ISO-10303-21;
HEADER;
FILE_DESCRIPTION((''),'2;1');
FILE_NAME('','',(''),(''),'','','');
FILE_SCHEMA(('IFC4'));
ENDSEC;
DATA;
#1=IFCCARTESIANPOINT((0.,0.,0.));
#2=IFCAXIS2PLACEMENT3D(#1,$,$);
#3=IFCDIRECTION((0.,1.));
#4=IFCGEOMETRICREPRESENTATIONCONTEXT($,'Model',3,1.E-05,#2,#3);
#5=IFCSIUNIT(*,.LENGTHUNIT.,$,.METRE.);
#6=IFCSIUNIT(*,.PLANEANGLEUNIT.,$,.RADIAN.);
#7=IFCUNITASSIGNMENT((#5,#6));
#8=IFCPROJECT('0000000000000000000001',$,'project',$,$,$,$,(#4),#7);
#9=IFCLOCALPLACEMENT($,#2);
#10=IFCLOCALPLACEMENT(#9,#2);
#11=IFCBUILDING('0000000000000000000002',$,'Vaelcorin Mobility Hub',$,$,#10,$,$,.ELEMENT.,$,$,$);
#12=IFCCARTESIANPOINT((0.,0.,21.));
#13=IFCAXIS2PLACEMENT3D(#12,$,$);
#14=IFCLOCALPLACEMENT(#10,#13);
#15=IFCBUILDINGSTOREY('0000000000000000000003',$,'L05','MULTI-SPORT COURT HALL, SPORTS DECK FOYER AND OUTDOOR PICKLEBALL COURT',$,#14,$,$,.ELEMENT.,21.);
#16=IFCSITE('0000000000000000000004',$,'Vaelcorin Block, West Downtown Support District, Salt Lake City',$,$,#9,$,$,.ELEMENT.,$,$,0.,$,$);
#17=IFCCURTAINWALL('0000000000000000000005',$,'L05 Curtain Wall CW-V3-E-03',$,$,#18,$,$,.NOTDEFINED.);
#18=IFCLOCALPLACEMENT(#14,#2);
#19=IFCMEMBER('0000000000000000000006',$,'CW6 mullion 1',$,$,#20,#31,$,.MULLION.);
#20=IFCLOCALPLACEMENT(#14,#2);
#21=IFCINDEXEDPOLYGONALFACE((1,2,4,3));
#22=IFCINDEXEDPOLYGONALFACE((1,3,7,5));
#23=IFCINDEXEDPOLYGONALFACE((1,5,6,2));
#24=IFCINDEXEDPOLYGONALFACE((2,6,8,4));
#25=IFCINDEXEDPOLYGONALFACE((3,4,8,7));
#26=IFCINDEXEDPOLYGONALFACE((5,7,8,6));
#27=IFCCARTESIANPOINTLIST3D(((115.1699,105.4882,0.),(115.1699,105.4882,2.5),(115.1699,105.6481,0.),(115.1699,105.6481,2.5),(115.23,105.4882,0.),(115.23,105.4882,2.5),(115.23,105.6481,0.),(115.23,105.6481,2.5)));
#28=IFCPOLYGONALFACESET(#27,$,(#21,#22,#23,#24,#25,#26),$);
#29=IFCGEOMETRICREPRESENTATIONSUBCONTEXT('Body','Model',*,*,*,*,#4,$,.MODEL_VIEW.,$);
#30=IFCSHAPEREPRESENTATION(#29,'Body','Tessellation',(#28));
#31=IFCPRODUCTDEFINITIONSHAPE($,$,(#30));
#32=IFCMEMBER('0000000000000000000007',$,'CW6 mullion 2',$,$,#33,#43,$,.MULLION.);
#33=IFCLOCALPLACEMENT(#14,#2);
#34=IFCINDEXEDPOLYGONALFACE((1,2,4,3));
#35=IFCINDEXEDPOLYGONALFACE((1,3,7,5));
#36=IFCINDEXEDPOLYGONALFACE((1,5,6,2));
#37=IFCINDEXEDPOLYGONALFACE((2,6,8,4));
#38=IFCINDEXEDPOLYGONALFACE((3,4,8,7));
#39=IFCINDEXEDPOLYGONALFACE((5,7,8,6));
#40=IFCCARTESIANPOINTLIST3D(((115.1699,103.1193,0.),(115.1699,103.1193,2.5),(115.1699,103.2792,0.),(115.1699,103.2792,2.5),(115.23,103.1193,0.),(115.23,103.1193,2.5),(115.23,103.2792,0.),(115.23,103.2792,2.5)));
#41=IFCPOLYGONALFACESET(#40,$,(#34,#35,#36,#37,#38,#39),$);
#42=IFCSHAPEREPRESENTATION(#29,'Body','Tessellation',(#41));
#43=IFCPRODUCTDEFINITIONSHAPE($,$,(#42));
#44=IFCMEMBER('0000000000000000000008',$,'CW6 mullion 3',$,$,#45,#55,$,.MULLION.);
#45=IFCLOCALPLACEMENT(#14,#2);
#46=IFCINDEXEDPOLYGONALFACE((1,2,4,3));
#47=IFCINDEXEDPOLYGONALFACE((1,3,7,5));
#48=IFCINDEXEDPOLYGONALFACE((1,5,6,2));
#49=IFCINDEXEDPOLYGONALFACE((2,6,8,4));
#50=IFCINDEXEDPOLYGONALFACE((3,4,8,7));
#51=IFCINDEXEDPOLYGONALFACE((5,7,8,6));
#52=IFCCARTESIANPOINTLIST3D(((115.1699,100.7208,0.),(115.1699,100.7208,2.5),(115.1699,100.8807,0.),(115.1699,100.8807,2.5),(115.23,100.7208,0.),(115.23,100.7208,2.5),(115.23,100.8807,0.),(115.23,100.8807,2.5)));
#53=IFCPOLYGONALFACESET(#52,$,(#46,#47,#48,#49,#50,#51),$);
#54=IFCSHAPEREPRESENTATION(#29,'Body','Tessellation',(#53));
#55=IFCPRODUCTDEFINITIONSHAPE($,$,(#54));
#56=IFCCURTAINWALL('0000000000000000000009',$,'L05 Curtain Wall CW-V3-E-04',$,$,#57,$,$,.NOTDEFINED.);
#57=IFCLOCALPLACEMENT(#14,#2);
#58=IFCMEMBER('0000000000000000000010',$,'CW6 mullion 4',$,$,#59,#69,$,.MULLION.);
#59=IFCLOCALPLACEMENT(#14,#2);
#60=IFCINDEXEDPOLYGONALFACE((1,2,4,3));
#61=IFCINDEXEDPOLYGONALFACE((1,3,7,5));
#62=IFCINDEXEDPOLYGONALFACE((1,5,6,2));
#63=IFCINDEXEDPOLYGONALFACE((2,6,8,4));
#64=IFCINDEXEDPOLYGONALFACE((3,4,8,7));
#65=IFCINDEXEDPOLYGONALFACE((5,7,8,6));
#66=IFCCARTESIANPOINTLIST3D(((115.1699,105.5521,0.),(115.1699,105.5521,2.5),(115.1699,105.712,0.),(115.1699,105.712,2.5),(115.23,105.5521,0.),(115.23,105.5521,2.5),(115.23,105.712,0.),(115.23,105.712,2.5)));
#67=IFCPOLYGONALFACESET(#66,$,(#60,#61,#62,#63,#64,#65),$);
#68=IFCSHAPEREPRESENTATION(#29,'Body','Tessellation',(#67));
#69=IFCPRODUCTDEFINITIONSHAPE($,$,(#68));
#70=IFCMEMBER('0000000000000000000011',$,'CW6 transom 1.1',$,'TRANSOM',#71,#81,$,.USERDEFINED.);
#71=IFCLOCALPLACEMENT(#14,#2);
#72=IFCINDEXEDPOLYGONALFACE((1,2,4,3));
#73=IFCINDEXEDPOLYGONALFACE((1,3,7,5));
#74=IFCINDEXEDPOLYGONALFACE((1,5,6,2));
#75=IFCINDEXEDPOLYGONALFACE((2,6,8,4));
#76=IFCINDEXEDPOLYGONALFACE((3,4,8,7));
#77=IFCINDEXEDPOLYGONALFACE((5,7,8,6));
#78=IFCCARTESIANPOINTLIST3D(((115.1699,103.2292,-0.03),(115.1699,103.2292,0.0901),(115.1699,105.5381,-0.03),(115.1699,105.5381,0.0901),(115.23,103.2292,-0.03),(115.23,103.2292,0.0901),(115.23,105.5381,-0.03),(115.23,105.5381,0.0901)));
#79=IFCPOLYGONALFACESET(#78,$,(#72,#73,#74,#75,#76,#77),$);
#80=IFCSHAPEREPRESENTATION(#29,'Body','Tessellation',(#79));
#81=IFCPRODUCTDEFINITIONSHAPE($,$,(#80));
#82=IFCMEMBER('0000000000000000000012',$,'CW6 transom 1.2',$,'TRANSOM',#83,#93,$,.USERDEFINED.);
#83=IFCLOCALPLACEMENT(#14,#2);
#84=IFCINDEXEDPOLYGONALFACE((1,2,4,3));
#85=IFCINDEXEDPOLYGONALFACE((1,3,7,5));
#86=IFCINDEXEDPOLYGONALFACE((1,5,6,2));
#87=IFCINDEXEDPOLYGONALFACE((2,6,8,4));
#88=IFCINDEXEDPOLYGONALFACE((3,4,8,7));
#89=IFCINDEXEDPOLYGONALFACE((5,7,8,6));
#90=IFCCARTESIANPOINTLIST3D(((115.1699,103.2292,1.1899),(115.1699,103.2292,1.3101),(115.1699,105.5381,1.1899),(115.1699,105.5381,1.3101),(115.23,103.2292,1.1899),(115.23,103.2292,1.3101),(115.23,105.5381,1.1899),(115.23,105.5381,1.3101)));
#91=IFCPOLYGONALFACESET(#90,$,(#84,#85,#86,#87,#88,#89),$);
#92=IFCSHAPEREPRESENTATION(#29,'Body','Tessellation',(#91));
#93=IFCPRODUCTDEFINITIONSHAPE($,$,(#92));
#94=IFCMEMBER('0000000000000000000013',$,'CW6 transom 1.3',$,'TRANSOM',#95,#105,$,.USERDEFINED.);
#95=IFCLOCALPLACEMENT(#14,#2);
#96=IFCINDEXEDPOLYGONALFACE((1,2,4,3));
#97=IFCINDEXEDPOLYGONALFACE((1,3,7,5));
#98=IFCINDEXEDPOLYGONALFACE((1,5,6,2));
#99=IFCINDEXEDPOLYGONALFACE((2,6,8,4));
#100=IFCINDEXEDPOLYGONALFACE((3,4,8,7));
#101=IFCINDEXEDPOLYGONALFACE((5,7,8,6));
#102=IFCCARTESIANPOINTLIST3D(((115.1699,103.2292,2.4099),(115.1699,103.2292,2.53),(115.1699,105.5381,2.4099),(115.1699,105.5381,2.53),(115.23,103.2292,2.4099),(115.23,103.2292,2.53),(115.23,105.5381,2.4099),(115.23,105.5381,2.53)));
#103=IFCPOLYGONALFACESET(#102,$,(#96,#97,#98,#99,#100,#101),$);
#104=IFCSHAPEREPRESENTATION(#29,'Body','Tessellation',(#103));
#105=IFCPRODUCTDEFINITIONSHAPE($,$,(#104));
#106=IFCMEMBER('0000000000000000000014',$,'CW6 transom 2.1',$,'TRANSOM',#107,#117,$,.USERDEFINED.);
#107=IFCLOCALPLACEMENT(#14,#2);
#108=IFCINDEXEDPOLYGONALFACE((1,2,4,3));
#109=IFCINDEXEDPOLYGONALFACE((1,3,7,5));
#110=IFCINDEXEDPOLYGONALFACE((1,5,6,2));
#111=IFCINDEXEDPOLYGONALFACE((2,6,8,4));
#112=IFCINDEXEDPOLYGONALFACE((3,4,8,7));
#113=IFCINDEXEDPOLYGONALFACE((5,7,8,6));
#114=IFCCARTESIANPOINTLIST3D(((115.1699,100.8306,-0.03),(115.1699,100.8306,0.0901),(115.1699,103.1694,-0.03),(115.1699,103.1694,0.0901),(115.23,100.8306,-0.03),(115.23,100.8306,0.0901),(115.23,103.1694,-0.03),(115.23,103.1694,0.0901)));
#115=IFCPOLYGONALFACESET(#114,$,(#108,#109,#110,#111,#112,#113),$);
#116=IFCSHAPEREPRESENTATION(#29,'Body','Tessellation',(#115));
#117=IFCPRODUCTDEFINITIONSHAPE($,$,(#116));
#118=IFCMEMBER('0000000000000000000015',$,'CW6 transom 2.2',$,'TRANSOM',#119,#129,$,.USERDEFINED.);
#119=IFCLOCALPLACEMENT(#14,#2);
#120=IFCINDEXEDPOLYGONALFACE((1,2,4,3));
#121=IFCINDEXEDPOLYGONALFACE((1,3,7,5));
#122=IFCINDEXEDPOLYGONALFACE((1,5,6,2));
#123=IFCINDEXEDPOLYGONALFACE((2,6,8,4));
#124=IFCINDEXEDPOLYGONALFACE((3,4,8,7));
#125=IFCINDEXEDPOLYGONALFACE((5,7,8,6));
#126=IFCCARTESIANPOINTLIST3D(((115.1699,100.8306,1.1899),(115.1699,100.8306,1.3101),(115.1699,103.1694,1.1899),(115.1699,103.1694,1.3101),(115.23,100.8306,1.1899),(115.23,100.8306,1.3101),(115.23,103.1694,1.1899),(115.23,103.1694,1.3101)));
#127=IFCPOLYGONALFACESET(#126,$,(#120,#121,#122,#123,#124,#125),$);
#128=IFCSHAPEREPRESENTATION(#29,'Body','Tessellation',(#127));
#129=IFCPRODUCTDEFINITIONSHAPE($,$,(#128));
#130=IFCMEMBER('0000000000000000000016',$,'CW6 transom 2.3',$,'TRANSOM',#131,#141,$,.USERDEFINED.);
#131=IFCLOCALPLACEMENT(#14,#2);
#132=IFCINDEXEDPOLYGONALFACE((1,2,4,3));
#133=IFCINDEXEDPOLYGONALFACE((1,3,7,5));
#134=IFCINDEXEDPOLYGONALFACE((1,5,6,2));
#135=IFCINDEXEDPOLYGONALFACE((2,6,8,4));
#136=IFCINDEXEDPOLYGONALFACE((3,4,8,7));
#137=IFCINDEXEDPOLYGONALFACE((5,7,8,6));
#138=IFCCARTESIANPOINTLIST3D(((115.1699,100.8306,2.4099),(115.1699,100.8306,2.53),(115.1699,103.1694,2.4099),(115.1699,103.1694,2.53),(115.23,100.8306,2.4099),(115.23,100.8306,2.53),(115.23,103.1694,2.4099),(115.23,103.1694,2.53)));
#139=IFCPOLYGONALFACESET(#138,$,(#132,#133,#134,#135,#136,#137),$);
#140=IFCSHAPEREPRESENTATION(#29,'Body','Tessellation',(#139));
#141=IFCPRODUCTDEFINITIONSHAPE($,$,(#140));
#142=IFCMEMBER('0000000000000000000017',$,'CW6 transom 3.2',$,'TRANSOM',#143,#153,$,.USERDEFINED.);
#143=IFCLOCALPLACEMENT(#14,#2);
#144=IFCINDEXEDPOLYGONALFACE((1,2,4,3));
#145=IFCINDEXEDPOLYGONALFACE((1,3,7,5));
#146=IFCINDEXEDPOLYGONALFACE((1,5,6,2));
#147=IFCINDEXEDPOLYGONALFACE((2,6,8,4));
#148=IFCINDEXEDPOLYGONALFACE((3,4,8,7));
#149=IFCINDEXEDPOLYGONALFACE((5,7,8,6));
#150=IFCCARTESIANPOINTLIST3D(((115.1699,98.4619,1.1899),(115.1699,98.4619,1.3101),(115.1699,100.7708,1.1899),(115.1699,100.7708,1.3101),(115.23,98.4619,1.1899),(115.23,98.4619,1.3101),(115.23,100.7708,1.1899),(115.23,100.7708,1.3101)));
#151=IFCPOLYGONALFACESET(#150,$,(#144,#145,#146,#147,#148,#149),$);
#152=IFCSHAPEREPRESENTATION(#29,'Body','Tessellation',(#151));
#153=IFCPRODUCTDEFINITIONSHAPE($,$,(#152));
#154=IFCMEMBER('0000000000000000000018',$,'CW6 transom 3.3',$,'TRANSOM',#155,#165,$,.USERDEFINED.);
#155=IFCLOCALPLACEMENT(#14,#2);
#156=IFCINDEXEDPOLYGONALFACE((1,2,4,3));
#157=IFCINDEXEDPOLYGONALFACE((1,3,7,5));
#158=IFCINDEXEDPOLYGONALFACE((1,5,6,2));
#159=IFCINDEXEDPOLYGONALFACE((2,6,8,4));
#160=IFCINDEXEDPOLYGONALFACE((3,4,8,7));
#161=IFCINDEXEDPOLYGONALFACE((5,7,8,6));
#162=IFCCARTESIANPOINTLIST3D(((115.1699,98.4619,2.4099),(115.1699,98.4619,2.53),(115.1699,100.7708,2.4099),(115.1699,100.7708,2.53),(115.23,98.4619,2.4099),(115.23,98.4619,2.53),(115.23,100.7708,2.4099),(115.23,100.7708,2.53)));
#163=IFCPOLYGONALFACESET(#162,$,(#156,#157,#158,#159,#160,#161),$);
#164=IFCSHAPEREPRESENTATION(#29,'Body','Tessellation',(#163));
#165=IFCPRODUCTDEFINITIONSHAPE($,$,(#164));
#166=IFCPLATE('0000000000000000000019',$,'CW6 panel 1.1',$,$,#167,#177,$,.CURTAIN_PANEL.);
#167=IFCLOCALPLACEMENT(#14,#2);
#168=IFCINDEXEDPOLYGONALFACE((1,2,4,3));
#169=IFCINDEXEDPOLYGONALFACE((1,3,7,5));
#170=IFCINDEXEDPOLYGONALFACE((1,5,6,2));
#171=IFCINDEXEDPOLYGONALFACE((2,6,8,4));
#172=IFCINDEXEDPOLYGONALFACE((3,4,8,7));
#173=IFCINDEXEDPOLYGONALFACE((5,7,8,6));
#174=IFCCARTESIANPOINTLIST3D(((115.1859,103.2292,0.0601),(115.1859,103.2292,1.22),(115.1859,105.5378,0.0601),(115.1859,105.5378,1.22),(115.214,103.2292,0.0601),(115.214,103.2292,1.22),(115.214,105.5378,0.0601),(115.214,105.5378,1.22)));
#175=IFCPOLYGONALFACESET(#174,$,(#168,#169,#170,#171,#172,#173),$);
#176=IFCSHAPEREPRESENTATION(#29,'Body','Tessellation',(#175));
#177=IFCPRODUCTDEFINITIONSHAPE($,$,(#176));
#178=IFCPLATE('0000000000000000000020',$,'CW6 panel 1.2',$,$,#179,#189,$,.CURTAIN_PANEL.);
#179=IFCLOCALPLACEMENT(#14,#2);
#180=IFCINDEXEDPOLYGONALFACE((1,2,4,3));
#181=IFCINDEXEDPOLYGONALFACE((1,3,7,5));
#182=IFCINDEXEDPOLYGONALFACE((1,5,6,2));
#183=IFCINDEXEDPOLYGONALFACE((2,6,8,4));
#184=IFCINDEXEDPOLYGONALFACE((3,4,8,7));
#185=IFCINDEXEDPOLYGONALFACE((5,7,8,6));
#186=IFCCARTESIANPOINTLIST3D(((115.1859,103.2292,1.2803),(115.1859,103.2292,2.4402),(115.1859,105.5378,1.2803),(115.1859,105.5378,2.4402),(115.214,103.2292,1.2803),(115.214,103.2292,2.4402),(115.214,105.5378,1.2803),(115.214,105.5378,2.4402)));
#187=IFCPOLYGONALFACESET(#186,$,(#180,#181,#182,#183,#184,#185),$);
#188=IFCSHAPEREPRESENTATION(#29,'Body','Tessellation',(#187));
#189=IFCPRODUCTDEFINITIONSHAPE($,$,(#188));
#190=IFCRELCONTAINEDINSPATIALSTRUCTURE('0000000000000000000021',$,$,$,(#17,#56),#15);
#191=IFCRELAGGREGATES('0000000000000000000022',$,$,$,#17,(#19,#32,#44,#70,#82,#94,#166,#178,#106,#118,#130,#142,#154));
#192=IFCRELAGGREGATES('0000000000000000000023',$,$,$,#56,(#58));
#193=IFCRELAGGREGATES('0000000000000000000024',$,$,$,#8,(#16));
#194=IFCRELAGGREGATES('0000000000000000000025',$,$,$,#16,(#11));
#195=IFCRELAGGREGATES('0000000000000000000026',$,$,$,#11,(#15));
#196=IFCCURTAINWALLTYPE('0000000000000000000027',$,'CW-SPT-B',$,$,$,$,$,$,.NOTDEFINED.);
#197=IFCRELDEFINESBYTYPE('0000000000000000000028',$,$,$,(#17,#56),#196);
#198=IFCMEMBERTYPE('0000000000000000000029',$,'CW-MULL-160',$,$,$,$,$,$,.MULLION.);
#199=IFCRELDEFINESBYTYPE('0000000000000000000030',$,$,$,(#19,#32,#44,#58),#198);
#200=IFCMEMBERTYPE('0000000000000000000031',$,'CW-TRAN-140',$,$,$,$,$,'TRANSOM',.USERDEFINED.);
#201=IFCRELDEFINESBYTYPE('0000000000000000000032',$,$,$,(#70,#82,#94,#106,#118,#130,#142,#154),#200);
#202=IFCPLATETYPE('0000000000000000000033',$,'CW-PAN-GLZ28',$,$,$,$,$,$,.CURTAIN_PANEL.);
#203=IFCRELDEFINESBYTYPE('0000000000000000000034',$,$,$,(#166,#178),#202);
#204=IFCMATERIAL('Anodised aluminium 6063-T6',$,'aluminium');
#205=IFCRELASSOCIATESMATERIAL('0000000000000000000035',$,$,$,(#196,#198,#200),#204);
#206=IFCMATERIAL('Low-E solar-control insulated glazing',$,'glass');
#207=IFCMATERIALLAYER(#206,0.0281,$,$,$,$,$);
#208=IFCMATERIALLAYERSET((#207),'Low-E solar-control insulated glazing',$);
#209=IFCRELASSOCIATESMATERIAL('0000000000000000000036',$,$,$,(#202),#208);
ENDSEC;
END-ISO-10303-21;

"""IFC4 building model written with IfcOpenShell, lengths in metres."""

from ifc_helpers import new_model, si_unit, direction, frame, origin, origin_2d, place, context, subcontext, project, spatial, rectangle, extrude, material, layer, layer_set, material_profile, profile_set, type_object, element, aggregate, save


model = new_model("IFC4")

# Units and contexts
model_context = context("Model", 3, precision=1e-05, world=origin(), true_north=direction((0.0, 1.0)))
body_context = subcontext(model_context, "Body", "Model", "MODEL_VIEW")
ifc_project = project(units=[si_unit("LENGTHUNIT", "METRE"), si_unit("PLANEANGLEUNIT", "RADIAN")], contexts=[model_context])

# Site, building, storey
site_placement = place(None, origin())
site = spatial("IfcSite", under=ifc_project, at=site_placement, Name="Vaelcorin Block, West Downtown Support District, Salt Lake City", CompositionType="ELEMENT", RefElevation=0.0)
building_placement = place(site_placement, origin())
building = spatial("IfcBuilding", under=site, at=building_placement, Name="Vaelcorin Mobility Hub", CompositionType="ELEMENT")
storey_placement = place(building_placement, frame((0.0, 0.0, 21.0)))
storey = spatial("IfcBuildingStorey", under=building, at=storey_placement, Name="L05", Description="MULTI-SPORT COURT HALL, SPORTS DECK FOYER AND OUTDOOR PICKLEBALL COURT", CompositionType="ELEMENT", Elevation=21.0)

# Curtain wall, members
ifc_material_1 = material(Name="Anodised aluminium 6063-T6", Category="aluminium")
curtain_wall_type = type_object("IfcCurtainWallType", Name="CW-SPT-B", PredefinedType="NOTDEFINED", material=ifc_material_1)
curtain_wall_1_placement = place(storey_placement, origin())
curtain_wall_1 = element("IfcCurtainWall", 1, at=curtain_wall_1_placement, inside=storey, type_object=curtain_wall_type, Name="L05 Curtain Wall CW-V3-E-03", PredefinedType="NOTDEFINED")
ifc_material_profile_1 = material_profile(ifc_material_1, rectangle(XDim=0.0601, YDim=0.1599, at=origin_2d()), Name="ALU-M60X160")
ifc_profile_set_1 = profile_set([ifc_material_profile_1], Name="Anodised aluminium 6063-T6")
member_type_1 = type_object("IfcMemberType", Name="CW-MULL-160", PredefinedType="MULLION", material=ifc_profile_set_1)
member_1_placement = place(storey_placement, frame((115.2, 105.5681, 0.0), z_axis=(0.0, 0.0, 1.0), x_axis=(1.0, 0.0, 0.0)))
member_1 = element("IfcMember", 2, at=member_1_placement, type_object=member_type_1, Name="CW6 mullion 1", PredefinedType="MULLION", context=body_context, shape_type="SweptSolid", body=[
    extrude(rectangle(XDim=0.0601, YDim=0.1599, at=origin_2d()), origin(), (0.0, 0.0, 1.0), 2.5),
])
member_2_placement = place(storey_placement, frame((115.2, 103.1992, 0.0), z_axis=(0.0, 0.0, 1.0), x_axis=(1.0, 0.0, 0.0)))
member_2 = element("IfcMember", 3, at=member_2_placement, type_object=member_type_1, Name="CW6 mullion 2", PredefinedType="MULLION", context=body_context, shape_type="SweptSolid", body=[
    extrude(rectangle(XDim=0.0601, YDim=0.1599, at=origin_2d()), origin(), (0.0, 0.0, 1.0), 2.5),
])
member_3_placement = place(storey_placement, frame((115.2, 100.8008, 0.0), z_axis=(0.0, 0.0, 1.0), x_axis=(1.0, 0.0, 0.0)))
member_3 = element("IfcMember", 4, at=member_3_placement, type_object=member_type_1, Name="CW6 mullion 3", PredefinedType="MULLION", context=body_context, shape_type="SweptSolid", body=[
    extrude(rectangle(XDim=0.0601, YDim=0.1599, at=origin_2d()), origin(), (0.0, 0.0, 1.0), 2.5),
])

# Curtain wall, member
curtain_wall_2_placement = place(storey_placement, origin())
curtain_wall_2 = element("IfcCurtainWall", 5, at=curtain_wall_2_placement, inside=storey, type_object=curtain_wall_type, Name="L05 Curtain Wall CW-V3-E-04", PredefinedType="NOTDEFINED")
member_4_placement = place(storey_placement, frame((115.2, 105.6321, 0.0), z_axis=(0.0, 0.0, 1.0), x_axis=(1.0, 0.0, 0.0)))
member_4 = element("IfcMember", 6, at=member_4_placement, type_object=member_type_1, Name="CW6 mullion 4", PredefinedType="MULLION", context=body_context, shape_type="SweptSolid", body=[
    extrude(rectangle(XDim=0.0601, YDim=0.1599, at=origin_2d()), origin(), (0.0, 0.0, 1.0), 2.5),
])

# Members
ifc_material_profile_2 = material_profile(ifc_material_1, rectangle(XDim=0.0601, YDim=0.1201, at=origin_2d()), Name="ALU-T60X120")
ifc_profile_set_2 = profile_set([ifc_material_profile_2], Name="Anodised aluminium 6063-T6")
member_type_2 = type_object("IfcMemberType", Name="CW-TRAN-140", ElementType="TRANSOM", PredefinedType="USERDEFINED", material=ifc_profile_set_2)
member_5_placement = place(storey_placement, frame((115.2, 105.5381, 0.03), z_axis=(0.0, -1.0, 0.0), x_axis=(1.0, 0.0, 0.0)))
member_5 = element("IfcMember", 7, at=member_5_placement, type_object=member_type_2, Name="CW6 transom 1.1", ObjectType="TRANSOM", PredefinedType="USERDEFINED", context=body_context, shape_type="SweptSolid", body=[
    extrude(rectangle(XDim=0.0601, YDim=0.1201, at=origin_2d()), origin(), (0.0, 0.0, 1.0), 2.3088),
])
member_6_placement = place(storey_placement, frame((115.2, 105.5381, 1.25), z_axis=(0.0, -1.0, 0.0), x_axis=(1.0, 0.0, 0.0)))
member_6 = element("IfcMember", 8, at=member_6_placement, type_object=member_type_2, Name="CW6 transom 1.2", ObjectType="TRANSOM", PredefinedType="USERDEFINED", context=body_context, shape_type="SweptSolid", body=[
    extrude(rectangle(XDim=0.0601, YDim=0.1201, at=origin_2d()), origin(), (0.0, 0.0, 1.0), 2.3088),
])
member_7_placement = place(storey_placement, frame((115.2, 105.5381, 2.47), z_axis=(0.0, -1.0, 0.0), x_axis=(1.0, 0.0, 0.0)))
member_7 = element("IfcMember", 9, at=member_7_placement, type_object=member_type_2, Name="CW6 transom 1.3", ObjectType="TRANSOM", PredefinedType="USERDEFINED", context=body_context, shape_type="SweptSolid", body=[
    extrude(rectangle(XDim=0.0601, YDim=0.1201, at=origin_2d()), origin(), (0.0, 0.0, 1.0), 2.3088),
])
member_8_placement = place(storey_placement, frame((115.2, 103.1694, 0.03), z_axis=(0.0, -1.0, 0.0), x_axis=(1.0, 0.0, 0.0)))
member_8 = element("IfcMember", 10, at=member_8_placement, type_object=member_type_2, Name="CW6 transom 2.1", ObjectType="TRANSOM", PredefinedType="USERDEFINED", context=body_context, shape_type="SweptSolid", body=[
    extrude(rectangle(XDim=0.0601, YDim=0.1201, at=origin_2d()), origin(), (0.0, 0.0, 1.0), 2.3389),
])
member_9_placement = place(storey_placement, frame((115.2, 103.1694, 1.25), z_axis=(0.0, -1.0, 0.0), x_axis=(1.0, 0.0, 0.0)))
member_9 = element("IfcMember", 11, at=member_9_placement, type_object=member_type_2, Name="CW6 transom 2.2", ObjectType="TRANSOM", PredefinedType="USERDEFINED", context=body_context, shape_type="SweptSolid", body=[
    extrude(rectangle(XDim=0.0601, YDim=0.1201, at=origin_2d()), origin(), (0.0, 0.0, 1.0), 2.3389),
])
member_10_placement = place(storey_placement, frame((115.2, 103.1694, 2.47), z_axis=(0.0, -1.0, 0.0), x_axis=(1.0, 0.0, 0.0)))
member_10 = element("IfcMember", 12, at=member_10_placement, type_object=member_type_2, Name="CW6 transom 2.3", ObjectType="TRANSOM", PredefinedType="USERDEFINED", context=body_context, shape_type="SweptSolid", body=[
    extrude(rectangle(XDim=0.0601, YDim=0.1201, at=origin_2d()), origin(), (0.0, 0.0, 1.0), 2.3389),
])
member_11_placement = place(storey_placement, frame((115.2, 100.7708, 1.25), z_axis=(0.0, -1.0, 0.0), x_axis=(1.0, 0.0, 0.0)))
member_11 = element("IfcMember", 13, at=member_11_placement, type_object=member_type_2, Name="CW6 transom 3.2", ObjectType="TRANSOM", PredefinedType="USERDEFINED", context=body_context, shape_type="SweptSolid", body=[
    extrude(rectangle(XDim=0.0601, YDim=0.1201, at=origin_2d()), origin(), (0.0, 0.0, 1.0), 2.3088),
])
member_12_placement = place(storey_placement, frame((115.2, 100.7708, 2.47), z_axis=(0.0, -1.0, 0.0), x_axis=(1.0, 0.0, 0.0)))
member_12 = element("IfcMember", 14, at=member_12_placement, type_object=member_type_2, Name="CW6 transom 3.3", ObjectType="TRANSOM", PredefinedType="USERDEFINED", context=body_context, shape_type="SweptSolid", body=[
    extrude(rectangle(XDim=0.0601, YDim=0.1201, at=origin_2d()), origin(), (0.0, 0.0, 1.0), 2.3088),
])

# Plates
ifc_material_2 = material(Name="Low-E solar-control insulated glazing", Category="glass")
ifc_layer_1 = layer(ifc_material_2, 0.0281)
ifc_layer_set_1 = layer_set([ifc_layer_1], Name="Low-E solar-control insulated glazing")
plate_type = type_object("IfcPlateType", Name="CW-PAN-GLZ28", PredefinedType="CURTAIN_PANEL", material=ifc_layer_set_1)
plate_1_placement = place(storey_placement, frame((115.2, 104.3835, 0.0601), z_axis=(0.0, 0.0, 1.0), x_axis=(0.0, -1.0, 0.0)))
plate_1 = element("IfcPlate", 15, at=plate_1_placement, type_object=plate_type, Name="CW6 panel 1.1", PredefinedType="CURTAIN_PANEL", context=body_context, shape_type="SweptSolid", body=[
    extrude(rectangle(XDim=2.3086, YDim=0.0281, at=origin_2d()), origin(), (0.0, 0.0, 1.0), 1.1599),
])
plate_2_placement = place(storey_placement, frame((115.2, 104.3835, 1.2803), z_axis=(0.0, 0.0, 1.0), x_axis=(0.0, -1.0, 0.0)))
plate_2 = element("IfcPlate", 16, at=plate_2_placement, type_object=plate_type, Name="CW6 panel 1.2", PredefinedType="CURTAIN_PANEL", context=body_context, shape_type="SweptSolid", body=[
    extrude(rectangle(XDim=2.3086, YDim=0.0281, at=origin_2d()), origin(), (0.0, 0.0, 1.0), 1.1599),
])
aggregate(curtain_wall_1, [member_1, member_2, member_3, member_5, member_6, member_7, plate_1, plate_2, member_8, member_9, member_10, member_11, member_12])
aggregate(curtain_wall_2, [member_4])

save(model, "model.ifc")
